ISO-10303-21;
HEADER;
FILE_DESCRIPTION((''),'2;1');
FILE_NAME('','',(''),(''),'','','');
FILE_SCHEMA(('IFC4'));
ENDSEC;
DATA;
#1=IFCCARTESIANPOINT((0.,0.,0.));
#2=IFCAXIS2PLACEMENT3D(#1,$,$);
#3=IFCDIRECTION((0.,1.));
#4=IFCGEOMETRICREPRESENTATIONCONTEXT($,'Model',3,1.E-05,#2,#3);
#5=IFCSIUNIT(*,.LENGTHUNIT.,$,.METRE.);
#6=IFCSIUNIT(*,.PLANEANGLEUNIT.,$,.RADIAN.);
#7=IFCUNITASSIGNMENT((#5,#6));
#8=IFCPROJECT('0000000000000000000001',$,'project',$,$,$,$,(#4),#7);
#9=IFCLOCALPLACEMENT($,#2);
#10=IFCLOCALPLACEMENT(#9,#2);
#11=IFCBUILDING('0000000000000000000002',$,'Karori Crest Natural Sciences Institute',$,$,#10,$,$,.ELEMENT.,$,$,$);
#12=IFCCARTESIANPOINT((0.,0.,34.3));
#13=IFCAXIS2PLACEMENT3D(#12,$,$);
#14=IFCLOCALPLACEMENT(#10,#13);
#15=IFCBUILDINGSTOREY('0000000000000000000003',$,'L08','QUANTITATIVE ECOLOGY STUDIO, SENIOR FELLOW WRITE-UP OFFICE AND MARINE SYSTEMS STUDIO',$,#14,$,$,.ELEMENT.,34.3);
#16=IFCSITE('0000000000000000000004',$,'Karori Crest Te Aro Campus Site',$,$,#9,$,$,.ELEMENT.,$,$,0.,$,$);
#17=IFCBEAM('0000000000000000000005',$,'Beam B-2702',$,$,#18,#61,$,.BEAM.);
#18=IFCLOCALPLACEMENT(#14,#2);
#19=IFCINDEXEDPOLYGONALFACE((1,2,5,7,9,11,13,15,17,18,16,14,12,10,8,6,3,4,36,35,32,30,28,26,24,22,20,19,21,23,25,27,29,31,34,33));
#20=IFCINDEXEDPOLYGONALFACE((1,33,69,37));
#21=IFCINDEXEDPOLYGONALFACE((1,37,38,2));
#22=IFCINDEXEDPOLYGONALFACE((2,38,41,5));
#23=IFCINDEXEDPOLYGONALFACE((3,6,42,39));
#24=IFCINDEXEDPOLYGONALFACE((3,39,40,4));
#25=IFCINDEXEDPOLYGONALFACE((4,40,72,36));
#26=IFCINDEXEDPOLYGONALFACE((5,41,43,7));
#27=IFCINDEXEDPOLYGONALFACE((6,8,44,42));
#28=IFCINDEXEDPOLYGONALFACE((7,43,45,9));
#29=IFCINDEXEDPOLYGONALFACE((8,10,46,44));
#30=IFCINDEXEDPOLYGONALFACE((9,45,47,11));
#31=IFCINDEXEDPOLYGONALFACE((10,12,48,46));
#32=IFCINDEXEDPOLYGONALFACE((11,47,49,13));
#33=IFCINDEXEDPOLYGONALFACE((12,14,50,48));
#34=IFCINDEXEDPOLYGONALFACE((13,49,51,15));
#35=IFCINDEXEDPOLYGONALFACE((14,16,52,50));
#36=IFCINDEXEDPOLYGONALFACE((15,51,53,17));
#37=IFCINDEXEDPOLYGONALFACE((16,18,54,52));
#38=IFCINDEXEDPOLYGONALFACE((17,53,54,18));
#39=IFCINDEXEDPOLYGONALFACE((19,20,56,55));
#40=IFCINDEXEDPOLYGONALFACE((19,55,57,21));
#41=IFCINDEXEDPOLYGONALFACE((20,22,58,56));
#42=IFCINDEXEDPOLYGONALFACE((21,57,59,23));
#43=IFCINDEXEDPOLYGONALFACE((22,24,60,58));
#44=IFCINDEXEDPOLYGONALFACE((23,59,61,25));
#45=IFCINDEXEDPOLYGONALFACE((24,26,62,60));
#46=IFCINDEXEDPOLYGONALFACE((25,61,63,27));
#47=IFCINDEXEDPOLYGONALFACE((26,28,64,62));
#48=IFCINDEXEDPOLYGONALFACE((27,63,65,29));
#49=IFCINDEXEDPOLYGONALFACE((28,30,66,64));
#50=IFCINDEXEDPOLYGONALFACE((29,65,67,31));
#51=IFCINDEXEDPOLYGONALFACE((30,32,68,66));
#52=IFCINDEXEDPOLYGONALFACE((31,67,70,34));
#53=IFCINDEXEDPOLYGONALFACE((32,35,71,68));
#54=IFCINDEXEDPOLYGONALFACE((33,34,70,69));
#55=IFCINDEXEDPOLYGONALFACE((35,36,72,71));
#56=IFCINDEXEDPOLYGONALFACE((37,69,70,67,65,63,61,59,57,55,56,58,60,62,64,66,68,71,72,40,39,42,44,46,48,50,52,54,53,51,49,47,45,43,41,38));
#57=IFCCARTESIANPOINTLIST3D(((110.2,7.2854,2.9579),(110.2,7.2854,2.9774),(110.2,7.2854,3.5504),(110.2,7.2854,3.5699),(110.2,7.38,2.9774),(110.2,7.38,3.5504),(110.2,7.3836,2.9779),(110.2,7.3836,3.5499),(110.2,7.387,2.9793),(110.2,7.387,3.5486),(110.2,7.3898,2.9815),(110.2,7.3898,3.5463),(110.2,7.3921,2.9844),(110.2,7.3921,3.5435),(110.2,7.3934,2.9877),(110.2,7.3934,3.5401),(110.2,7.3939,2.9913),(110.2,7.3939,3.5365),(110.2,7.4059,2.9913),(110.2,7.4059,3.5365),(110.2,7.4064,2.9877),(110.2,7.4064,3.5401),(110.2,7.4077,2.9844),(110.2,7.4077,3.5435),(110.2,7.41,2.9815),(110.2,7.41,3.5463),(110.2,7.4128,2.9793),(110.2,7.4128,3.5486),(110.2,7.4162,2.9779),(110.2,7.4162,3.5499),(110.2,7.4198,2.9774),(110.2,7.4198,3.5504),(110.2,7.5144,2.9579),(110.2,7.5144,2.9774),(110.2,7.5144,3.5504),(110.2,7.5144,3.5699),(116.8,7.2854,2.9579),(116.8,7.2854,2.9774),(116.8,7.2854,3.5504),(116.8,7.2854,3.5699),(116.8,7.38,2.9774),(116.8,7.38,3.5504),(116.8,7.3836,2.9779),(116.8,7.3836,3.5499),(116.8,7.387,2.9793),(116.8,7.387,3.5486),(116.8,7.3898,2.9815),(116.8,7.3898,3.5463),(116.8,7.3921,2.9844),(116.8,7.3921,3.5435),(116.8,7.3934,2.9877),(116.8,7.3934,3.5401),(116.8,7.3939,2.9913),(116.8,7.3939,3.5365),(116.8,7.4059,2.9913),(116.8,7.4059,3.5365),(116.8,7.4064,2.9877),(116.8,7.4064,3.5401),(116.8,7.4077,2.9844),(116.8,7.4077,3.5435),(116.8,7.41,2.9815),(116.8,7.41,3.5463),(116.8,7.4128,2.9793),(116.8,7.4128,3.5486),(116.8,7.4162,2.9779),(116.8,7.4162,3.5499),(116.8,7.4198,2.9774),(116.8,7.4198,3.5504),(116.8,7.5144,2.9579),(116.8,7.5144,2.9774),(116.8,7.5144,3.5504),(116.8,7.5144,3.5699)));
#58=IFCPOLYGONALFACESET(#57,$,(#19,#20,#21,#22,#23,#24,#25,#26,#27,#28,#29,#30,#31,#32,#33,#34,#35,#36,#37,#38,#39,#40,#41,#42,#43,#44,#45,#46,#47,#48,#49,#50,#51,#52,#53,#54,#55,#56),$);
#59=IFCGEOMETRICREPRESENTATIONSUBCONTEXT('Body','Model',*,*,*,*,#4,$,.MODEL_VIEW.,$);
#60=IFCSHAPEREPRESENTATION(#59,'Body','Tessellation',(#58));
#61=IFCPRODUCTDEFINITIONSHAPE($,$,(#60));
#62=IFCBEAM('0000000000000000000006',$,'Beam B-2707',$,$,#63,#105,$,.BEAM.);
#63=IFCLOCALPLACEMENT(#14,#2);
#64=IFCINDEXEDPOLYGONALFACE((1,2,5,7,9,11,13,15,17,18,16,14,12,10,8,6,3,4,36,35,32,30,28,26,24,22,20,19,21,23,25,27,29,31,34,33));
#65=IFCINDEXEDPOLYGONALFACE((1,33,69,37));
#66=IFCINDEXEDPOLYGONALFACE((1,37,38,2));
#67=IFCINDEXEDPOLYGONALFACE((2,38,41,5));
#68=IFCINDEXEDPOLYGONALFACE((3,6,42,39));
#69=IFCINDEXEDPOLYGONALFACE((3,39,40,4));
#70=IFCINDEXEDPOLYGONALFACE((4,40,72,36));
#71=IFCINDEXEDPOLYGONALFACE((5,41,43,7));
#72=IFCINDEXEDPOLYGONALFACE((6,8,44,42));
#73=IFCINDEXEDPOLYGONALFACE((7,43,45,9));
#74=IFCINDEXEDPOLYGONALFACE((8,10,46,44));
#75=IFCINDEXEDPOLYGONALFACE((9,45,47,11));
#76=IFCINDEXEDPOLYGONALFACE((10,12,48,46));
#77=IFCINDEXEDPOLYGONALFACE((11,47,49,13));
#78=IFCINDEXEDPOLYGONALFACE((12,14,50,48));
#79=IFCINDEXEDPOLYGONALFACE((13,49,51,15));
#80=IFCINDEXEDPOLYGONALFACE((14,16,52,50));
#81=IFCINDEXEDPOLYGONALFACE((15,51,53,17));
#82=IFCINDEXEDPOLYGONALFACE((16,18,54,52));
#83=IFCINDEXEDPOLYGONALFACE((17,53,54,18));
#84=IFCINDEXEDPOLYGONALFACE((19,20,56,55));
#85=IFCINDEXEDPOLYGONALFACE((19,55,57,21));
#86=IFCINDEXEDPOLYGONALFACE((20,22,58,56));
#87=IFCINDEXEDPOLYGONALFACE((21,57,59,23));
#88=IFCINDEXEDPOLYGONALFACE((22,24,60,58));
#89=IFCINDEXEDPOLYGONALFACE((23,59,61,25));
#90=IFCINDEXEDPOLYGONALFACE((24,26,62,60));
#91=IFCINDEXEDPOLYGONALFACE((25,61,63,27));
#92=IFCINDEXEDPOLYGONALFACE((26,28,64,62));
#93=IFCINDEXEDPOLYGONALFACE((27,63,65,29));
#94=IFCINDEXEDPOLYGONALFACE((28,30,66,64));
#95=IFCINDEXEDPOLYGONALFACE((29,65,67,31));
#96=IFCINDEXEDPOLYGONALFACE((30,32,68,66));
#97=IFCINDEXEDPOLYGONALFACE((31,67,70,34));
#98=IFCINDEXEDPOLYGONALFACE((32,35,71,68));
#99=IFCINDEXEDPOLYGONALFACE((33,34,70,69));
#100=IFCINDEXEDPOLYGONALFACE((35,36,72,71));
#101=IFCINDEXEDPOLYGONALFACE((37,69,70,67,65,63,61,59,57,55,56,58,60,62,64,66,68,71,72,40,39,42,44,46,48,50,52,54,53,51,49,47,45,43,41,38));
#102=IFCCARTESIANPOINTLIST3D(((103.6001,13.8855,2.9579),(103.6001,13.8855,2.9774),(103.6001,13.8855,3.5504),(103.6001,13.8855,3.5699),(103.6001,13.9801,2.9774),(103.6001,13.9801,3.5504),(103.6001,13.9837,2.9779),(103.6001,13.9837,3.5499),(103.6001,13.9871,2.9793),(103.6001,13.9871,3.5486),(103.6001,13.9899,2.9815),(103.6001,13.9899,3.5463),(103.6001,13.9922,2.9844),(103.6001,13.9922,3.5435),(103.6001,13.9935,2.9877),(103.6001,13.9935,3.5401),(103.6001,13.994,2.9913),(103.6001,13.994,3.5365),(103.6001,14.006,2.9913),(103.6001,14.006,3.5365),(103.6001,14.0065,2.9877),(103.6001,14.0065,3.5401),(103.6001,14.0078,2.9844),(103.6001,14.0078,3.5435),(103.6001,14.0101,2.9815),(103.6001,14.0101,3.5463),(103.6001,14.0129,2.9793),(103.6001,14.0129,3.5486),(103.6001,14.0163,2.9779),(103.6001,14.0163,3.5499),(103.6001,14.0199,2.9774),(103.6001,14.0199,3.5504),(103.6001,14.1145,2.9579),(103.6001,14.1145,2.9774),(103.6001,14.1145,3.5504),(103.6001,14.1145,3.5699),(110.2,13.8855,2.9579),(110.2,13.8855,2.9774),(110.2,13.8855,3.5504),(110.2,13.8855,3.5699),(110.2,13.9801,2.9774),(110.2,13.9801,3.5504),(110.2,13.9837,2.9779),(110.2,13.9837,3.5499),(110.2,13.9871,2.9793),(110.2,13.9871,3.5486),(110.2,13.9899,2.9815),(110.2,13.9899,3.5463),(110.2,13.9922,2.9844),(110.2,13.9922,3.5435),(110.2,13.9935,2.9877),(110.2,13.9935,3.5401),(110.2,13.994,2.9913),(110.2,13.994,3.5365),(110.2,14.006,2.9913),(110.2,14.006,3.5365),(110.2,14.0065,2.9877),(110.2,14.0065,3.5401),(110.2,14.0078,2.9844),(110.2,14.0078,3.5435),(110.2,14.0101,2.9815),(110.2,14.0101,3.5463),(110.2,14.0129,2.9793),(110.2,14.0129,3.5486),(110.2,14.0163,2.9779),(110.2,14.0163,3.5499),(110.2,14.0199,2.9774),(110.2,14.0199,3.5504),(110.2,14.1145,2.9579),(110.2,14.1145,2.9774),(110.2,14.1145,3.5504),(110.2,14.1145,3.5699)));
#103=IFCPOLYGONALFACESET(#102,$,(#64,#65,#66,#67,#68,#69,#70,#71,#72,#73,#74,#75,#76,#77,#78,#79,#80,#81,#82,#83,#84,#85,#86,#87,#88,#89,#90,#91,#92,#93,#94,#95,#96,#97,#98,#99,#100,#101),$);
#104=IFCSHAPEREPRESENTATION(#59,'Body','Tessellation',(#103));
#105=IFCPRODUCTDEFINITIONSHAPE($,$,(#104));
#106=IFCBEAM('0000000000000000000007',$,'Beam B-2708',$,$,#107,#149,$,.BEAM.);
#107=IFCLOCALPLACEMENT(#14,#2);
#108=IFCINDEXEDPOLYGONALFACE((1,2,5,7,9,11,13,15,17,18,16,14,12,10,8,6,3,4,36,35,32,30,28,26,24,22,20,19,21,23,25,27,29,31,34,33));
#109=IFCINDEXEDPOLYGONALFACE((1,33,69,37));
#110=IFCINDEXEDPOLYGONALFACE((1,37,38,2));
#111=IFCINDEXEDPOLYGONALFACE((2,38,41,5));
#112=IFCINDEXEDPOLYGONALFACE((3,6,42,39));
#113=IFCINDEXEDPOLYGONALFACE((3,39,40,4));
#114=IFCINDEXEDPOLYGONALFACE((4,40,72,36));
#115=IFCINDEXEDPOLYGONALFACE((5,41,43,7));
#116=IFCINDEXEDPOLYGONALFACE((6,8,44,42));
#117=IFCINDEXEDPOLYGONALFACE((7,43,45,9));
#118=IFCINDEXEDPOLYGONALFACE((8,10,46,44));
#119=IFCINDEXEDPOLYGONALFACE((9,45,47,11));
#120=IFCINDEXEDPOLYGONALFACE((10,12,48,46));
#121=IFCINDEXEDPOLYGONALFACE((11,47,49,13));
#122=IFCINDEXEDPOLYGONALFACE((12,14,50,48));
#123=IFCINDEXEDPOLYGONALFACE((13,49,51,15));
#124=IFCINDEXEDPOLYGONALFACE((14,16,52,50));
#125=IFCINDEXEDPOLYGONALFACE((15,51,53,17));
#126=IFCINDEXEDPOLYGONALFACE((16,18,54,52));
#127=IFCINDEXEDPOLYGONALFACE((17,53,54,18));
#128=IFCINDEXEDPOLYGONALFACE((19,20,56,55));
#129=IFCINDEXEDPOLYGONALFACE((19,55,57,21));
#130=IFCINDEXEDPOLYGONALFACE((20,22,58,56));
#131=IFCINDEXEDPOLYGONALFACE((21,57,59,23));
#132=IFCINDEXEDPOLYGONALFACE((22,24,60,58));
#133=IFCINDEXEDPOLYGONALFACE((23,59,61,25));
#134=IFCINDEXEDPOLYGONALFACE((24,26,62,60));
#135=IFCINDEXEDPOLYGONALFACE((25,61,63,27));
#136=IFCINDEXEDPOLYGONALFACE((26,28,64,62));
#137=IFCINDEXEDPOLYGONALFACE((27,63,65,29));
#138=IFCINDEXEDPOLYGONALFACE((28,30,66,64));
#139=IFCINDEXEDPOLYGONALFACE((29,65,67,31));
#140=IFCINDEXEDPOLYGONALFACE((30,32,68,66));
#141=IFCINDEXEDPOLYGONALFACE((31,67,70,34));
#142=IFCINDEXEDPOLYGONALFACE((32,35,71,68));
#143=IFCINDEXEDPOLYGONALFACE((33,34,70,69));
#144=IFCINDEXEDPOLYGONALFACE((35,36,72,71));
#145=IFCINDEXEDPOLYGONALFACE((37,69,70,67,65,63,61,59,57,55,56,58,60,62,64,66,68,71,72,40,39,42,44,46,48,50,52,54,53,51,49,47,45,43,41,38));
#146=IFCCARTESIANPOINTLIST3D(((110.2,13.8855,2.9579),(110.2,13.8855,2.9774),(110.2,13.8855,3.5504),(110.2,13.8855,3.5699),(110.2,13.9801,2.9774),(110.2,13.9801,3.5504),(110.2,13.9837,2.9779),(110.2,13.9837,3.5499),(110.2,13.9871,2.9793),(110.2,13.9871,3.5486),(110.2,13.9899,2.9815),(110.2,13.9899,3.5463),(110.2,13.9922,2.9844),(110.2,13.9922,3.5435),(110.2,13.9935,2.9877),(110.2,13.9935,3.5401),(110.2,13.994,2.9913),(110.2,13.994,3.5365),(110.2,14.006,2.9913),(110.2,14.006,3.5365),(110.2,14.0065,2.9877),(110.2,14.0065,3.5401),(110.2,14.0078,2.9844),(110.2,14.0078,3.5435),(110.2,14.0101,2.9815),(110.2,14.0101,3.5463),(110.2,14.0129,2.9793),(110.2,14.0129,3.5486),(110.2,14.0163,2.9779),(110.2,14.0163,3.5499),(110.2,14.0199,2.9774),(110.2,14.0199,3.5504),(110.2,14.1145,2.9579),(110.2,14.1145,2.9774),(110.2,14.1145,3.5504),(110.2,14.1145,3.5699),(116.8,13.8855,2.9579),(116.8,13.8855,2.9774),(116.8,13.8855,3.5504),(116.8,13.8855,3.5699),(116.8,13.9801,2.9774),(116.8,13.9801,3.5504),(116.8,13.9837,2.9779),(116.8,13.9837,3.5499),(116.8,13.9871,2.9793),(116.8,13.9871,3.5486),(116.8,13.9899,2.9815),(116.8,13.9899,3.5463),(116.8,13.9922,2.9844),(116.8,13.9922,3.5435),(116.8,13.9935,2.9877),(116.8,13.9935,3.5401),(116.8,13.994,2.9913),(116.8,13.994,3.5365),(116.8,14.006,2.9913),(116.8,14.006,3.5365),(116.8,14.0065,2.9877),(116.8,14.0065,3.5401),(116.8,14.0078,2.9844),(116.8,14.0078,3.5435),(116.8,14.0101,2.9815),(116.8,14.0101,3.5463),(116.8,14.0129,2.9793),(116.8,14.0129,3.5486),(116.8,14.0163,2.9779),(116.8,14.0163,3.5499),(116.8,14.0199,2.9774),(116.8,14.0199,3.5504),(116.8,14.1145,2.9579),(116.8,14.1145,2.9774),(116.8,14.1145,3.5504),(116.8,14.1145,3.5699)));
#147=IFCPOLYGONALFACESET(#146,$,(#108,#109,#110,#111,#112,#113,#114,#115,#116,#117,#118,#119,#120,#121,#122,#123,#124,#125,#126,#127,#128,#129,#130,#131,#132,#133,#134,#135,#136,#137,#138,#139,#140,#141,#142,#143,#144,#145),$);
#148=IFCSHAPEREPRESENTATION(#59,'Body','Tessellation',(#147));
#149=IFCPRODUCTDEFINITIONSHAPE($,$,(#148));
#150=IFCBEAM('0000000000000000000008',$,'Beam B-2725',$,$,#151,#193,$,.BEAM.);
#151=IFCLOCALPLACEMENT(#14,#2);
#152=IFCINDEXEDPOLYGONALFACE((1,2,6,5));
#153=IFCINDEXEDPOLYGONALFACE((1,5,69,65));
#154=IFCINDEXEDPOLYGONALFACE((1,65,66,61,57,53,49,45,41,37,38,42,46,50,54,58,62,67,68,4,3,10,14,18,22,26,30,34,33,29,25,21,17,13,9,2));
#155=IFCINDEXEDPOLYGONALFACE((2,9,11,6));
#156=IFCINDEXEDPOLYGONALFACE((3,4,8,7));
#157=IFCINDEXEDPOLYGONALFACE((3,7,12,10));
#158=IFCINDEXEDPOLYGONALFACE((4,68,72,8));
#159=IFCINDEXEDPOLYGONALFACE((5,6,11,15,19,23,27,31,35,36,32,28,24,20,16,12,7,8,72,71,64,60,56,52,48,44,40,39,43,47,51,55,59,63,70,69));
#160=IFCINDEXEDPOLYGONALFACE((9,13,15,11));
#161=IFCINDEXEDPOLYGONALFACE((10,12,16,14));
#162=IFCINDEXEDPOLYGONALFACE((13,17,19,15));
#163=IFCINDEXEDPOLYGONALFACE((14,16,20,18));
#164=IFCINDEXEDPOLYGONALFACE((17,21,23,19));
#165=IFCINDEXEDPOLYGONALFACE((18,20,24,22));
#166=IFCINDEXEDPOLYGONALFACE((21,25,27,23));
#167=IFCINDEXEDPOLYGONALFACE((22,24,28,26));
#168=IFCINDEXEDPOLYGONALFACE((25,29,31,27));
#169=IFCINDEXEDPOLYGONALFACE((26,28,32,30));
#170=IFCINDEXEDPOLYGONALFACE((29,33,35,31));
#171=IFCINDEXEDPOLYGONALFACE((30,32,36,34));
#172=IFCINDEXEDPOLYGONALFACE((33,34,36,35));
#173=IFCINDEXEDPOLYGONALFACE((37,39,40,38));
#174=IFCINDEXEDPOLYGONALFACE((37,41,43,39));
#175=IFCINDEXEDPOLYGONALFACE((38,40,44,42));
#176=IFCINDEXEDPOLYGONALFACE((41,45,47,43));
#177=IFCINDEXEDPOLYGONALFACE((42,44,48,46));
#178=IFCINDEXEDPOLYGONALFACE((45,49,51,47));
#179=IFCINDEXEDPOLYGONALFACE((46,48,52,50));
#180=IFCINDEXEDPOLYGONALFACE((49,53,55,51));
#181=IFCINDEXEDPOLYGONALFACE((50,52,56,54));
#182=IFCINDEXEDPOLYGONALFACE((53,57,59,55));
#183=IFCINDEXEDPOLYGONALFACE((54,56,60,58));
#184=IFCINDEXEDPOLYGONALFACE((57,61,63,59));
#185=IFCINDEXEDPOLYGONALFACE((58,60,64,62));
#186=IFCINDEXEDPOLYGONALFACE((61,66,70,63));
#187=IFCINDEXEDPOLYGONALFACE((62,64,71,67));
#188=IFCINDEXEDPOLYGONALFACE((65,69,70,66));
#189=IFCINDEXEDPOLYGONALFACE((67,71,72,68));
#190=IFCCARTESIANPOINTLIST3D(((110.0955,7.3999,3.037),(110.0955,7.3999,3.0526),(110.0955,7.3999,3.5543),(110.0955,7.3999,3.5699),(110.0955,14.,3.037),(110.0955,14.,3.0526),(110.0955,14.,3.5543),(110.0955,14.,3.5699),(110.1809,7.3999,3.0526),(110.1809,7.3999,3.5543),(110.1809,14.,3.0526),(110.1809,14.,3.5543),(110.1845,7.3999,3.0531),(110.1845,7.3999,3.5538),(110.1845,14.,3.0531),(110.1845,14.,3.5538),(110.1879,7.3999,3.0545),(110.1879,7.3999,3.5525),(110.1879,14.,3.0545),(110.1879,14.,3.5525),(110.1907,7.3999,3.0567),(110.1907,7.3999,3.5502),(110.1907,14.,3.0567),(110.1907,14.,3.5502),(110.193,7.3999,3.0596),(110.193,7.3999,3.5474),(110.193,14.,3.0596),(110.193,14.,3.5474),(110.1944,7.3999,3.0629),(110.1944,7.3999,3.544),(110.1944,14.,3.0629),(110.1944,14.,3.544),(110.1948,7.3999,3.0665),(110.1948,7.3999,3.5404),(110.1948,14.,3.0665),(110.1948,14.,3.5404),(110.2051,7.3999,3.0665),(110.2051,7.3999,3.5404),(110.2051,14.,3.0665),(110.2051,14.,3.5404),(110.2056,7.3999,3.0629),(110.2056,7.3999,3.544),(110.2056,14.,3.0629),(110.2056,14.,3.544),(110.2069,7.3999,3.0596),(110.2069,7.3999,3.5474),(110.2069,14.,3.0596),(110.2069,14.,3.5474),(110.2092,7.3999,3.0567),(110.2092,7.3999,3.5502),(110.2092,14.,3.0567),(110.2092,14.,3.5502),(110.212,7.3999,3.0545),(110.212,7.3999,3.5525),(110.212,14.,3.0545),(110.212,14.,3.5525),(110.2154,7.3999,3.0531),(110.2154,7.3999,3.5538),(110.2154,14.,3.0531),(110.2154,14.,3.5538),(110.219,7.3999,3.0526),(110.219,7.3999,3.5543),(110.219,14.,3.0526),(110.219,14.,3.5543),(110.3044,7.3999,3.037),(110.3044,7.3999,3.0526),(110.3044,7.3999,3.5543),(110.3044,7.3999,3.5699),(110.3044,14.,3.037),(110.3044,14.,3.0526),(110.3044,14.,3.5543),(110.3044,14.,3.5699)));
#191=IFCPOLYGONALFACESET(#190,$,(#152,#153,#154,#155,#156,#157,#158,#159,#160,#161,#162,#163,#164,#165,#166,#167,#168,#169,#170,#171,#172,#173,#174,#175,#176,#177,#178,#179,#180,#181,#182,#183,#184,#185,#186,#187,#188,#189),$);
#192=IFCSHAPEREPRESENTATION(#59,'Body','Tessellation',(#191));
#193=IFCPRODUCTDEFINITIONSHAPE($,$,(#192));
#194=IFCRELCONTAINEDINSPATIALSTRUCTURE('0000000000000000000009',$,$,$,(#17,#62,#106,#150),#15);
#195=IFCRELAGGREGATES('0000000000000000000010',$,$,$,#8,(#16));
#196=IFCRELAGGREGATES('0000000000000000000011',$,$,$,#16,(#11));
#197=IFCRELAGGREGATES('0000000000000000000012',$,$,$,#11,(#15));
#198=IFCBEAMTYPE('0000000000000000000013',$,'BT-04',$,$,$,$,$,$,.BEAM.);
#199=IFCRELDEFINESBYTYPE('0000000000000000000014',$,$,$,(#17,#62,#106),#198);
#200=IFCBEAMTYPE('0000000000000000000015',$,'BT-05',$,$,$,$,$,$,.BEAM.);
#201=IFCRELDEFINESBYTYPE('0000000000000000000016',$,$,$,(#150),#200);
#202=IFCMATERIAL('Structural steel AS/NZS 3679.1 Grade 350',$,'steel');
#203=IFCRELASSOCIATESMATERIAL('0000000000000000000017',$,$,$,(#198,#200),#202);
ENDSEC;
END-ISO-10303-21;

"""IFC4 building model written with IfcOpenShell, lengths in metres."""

from ifc_helpers import new_model, si_unit, direction, frame, origin, origin_2d, place, context, subcontext, project, spatial, i_section, extrude, material, material_profile, profile_set, type_object, element, save


model = new_model("IFC4")

# Units and contexts
model_context = context("Model", 3, precision=1e-05, world=origin(), true_north=direction((0.0, 1.0)))
body_context = subcontext(model_context, "Body", "Model", "MODEL_VIEW")
ifc_project = project(units=[si_unit("LENGTHUNIT", "METRE"), si_unit("PLANEANGLEUNIT", "RADIAN")], contexts=[model_context])

# Site, building, storey
site_placement = place(None, origin())
site = spatial("IfcSite", under=ifc_project, at=site_placement, Name="Karori Crest Te Aro Campus Site", CompositionType="ELEMENT", RefElevation=0.0)
building_placement = place(site_placement, origin())
building = spatial("IfcBuilding", under=site, at=building_placement, Name="Karori Crest Natural Sciences Institute", CompositionType="ELEMENT")
storey_placement = place(building_placement, frame((0.0, 0.0, 34.3)))
storey = spatial("IfcBuildingStorey", under=building, at=storey_placement, Name="L08", Description="QUANTITATIVE ECOLOGY STUDIO, SENIOR FELLOW WRITE-UP OFFICE AND MARINE SYSTEMS STUDIO", CompositionType="ELEMENT", Elevation=34.3)

# Shared definitions
ifc_material_1 = material(Name="Structural steel AS/NZS 3679.1 Grade 350", Category="steel")

# Beams
ifc_material_profile_1 = material_profile(ifc_material_1, i_section(OverallWidth=0.229, OverallDepth=0.6121, WebThickness=0.012, FlangeThickness=0.0195, FilletRadius=0.0139, at=origin_2d()), Name="610UB125")
ifc_profile_set_1 = profile_set([ifc_material_profile_1], Name="Structural steel AS/NZS 3679.1 Grade 350")
beam_type_1 = type_object("IfcBeamType", Name="BT-04", PredefinedType="BEAM", material=ifc_profile_set_1)
beam_1_placement = place(storey_placement, frame((110.2, 7.3999, 3.2639), z_axis=(1.0, 0.0, 0.0), x_axis=(0.0, 1.0, 0.0)))
element("IfcBeam", 1, at=beam_1_placement, inside=storey, type_object=beam_type_1, Name="Beam B-2702", PredefinedType="BEAM", context=body_context, shape_type="SweptSolid", body=[
    extrude(i_section(OverallWidth=0.229, OverallDepth=0.6121, WebThickness=0.012, FlangeThickness=0.0195, FilletRadius=0.0139, at=origin_2d()), origin(), (0.0, 0.0, 1.0), 6.6001),
])
beam_2_placement = place(storey_placement, frame((103.6001, 14.0, 3.2639), z_axis=(1.0, 0.0, 0.0), x_axis=(0.0, 1.0, 0.0)))
element("IfcBeam", 2, at=beam_2_placement, inside=storey, type_object=beam_type_1, Name="Beam B-2707", PredefinedType="BEAM", context=body_context, shape_type="SweptSolid", body=[
    extrude(i_section(OverallWidth=0.229, OverallDepth=0.6121, WebThickness=0.012, FlangeThickness=0.0195, FilletRadius=0.0139, at=origin_2d()), origin(), (0.0, 0.0, 1.0), 6.5999),
])
beam_3_placement = place(storey_placement, frame((110.2, 14.0, 3.2639), z_axis=(1.0, 0.0, 0.0), x_axis=(0.0, 1.0, 0.0)))
element("IfcBeam", 3, at=beam_3_placement, inside=storey, type_object=beam_type_1, Name="Beam B-2708", PredefinedType="BEAM", context=body_context, shape_type="SweptSolid", body=[
    extrude(i_section(OverallWidth=0.229, OverallDepth=0.6121, WebThickness=0.012, FlangeThickness=0.0195, FilletRadius=0.0139, at=origin_2d()), origin(), (0.0, 0.0, 1.0), 6.6001),
])
ifc_material_profile_2 = material_profile(ifc_material_1, i_section(OverallWidth=0.209, OverallDepth=0.533, WebThickness=0.0103, FlangeThickness=0.0156, FilletRadius=0.0139, at=origin_2d()), Name="530UB92.4")
ifc_profile_set_2 = profile_set([ifc_material_profile_2], Name="Structural steel AS/NZS 3679.1 Grade 350")
beam_type_2 = type_object("IfcBeamType", Name="BT-05", PredefinedType="BEAM", material=ifc_profile_set_2)
for number, where, z_axis, x_axis, name in (
    (4, (110.2, 7.3999, 3.3035), (0.0, 1.0, 0.0), (-1.0, 0.0, 0.0), "Beam B-2725"),
):
    element("IfcBeam", number, at=place(storey_placement, frame(where, z_axis=z_axis, x_axis=x_axis)), inside=storey, type_object=beam_type_2, Name=name, PredefinedType="BEAM", context=body_context, shape_type="SweptSolid", body=[
        extrude(i_section(OverallWidth=0.209, OverallDepth=0.533, WebThickness=0.0103, FlangeThickness=0.0156, FilletRadius=0.0139, at=origin_2d()), origin(), (0.0, 0.0, 1.0), 6.6001),
    ])

save(model, "model.ifc")
